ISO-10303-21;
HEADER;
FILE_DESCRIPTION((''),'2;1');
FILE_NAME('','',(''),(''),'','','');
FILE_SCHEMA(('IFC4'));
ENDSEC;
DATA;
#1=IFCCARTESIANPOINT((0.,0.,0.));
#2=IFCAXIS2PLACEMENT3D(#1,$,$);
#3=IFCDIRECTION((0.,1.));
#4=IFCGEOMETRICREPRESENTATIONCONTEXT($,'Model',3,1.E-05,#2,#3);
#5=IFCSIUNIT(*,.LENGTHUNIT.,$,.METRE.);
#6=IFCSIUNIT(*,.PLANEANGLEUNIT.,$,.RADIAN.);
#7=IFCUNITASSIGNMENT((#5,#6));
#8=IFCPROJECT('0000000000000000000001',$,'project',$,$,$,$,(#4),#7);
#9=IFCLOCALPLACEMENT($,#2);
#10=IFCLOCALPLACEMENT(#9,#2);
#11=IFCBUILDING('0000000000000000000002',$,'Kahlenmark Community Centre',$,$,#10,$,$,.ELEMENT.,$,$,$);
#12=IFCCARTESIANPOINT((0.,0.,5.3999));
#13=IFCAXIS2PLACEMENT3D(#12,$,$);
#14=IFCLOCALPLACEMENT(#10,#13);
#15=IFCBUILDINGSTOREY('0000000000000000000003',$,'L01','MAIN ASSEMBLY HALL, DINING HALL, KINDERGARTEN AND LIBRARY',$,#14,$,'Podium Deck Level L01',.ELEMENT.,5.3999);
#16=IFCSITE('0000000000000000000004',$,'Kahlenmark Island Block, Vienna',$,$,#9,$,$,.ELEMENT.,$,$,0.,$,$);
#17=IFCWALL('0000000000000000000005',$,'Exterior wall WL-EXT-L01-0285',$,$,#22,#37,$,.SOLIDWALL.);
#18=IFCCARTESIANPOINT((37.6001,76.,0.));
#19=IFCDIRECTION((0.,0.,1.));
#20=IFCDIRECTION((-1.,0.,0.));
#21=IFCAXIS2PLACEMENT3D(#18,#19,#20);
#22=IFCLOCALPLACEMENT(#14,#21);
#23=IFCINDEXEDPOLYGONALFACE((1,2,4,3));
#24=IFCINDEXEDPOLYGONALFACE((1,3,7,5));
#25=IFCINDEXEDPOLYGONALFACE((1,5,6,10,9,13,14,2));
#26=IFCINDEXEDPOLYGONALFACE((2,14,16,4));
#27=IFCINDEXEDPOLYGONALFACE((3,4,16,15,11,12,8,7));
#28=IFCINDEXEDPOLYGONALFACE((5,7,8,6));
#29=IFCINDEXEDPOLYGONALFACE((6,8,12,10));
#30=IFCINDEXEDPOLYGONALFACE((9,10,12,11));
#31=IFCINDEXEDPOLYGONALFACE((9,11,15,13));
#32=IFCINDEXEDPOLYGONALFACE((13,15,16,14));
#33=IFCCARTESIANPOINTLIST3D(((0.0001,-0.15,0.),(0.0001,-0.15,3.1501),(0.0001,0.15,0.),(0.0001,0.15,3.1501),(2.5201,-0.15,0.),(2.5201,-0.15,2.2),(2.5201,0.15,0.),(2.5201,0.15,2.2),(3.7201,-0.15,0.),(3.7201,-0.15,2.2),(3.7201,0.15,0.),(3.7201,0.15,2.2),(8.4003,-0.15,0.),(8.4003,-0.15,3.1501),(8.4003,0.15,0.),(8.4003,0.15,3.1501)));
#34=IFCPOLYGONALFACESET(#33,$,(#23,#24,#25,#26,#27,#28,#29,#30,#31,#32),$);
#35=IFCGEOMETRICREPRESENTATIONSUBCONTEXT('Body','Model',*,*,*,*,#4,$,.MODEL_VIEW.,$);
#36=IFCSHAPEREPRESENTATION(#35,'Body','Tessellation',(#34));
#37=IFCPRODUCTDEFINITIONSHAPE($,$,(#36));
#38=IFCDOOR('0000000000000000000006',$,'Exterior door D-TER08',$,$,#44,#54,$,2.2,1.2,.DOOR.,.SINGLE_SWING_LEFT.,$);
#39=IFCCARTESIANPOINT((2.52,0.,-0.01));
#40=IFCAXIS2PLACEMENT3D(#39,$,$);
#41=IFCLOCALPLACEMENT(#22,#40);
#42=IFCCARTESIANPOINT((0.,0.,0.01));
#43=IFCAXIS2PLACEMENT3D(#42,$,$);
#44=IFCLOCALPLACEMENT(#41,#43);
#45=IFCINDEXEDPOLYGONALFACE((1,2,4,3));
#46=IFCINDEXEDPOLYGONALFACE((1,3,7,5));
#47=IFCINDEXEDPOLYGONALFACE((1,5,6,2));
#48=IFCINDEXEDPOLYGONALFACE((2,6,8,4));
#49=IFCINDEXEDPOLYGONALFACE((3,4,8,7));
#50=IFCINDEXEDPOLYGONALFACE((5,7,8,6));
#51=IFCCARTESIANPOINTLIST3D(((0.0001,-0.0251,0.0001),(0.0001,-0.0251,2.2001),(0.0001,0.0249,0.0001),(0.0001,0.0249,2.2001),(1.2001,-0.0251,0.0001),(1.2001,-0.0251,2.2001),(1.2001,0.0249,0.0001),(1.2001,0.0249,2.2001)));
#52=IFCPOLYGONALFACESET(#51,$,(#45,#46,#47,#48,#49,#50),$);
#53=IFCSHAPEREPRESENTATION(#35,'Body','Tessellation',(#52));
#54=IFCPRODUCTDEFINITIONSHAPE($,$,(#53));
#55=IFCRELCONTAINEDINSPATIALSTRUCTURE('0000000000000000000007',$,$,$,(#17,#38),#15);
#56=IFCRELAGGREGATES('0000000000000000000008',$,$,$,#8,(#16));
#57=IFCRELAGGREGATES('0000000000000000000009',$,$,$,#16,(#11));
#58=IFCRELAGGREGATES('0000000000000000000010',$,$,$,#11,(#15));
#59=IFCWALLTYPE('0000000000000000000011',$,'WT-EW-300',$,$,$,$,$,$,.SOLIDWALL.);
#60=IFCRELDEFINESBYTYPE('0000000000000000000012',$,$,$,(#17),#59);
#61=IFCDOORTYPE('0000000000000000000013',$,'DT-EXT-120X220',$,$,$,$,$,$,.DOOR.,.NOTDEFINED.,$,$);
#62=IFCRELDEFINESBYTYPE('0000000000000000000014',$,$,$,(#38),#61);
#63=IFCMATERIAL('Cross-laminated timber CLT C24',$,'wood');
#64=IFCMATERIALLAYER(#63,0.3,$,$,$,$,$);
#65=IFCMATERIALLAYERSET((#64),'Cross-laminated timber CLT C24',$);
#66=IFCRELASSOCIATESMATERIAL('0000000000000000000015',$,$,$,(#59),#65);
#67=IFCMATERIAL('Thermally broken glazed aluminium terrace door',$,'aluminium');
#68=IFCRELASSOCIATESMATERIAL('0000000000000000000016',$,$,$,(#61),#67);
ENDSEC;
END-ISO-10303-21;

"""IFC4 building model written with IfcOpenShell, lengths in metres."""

from ifc_helpers import new_model, si_unit, direction, frame, frame_2d, origin, place, context, subcontext, project, spatial, rectangle, extrude, material, layer, layer_set, type_object, element, fill, save


model = new_model("IFC4")

# Units and contexts
model_context = context("Model", 3, precision=1e-05, world=origin(), true_north=direction((0.0, 1.0)))
body_context = subcontext(model_context, "Body", "Model", "MODEL_VIEW")
ifc_project = project(units=[si_unit("LENGTHUNIT", "METRE"), si_unit("PLANEANGLEUNIT", "RADIAN")], contexts=[model_context])

# Site, building, storey
site_placement = place(None, origin())
site = spatial("IfcSite", under=ifc_project, at=site_placement, Name="Kahlenmark Island Block, Vienna", CompositionType="ELEMENT", RefElevation=0.0)
building_placement = place(site_placement, origin())
building = spatial("IfcBuilding", under=site, at=building_placement, Name="Kahlenmark Community Centre", CompositionType="ELEMENT")
storey_placement = place(building_placement, frame((0.0, 0.0, 5.3999)))
storey = spatial("IfcBuildingStorey", under=building, at=storey_placement, Name="L01", Description="MAIN ASSEMBLY HALL, DINING HALL, KINDERGARTEN AND LIBRARY", LongName="Podium Deck Level L01", CompositionType="ELEMENT", Elevation=5.3999)

# Wall, opening, door
ifc_material_1 = material(Name="Cross-laminated timber CLT C24", Category="wood")
ifc_layer_1 = layer(ifc_material_1, 0.3)
ifc_layer_set_1 = layer_set([ifc_layer_1], Name="Cross-laminated timber CLT C24")
wall_type = type_object("IfcWallType", Name="WT-EW-300", PredefinedType="SOLIDWALL", material=ifc_layer_set_1)
wall_placement = place(storey_placement, frame((37.6001, 76.0, 0.0), z_axis=(0.0, 0.0, 1.0), x_axis=(-1.0, 0.0, 0.0)))
wall = element("IfcWall", 1, at=wall_placement, inside=storey, type_object=wall_type, Name="Exterior wall WL-EXT-L01-0285", PredefinedType="SOLIDWALL", context=body_context, shape_type="SweptSolid", body=[
    extrude(rectangle(XDim=8.4001, YDim=0.3, at=frame_2d((4.2002, 0.0))), origin(), (0.0, 0.0, 1.0), 3.1501),
])
opening_placement = place(wall_placement, frame((2.52, 0.0, -0.01)))
opening = element("IfcOpeningElement", 2, at=opening_placement, cuts=wall, PredefinedType="OPENING", context=body_context, shape_type="SweptSolid", body=[
    extrude(rectangle(XDim=1.2, YDim=2.21, at=frame_2d((0.6001, 1.105))), frame((0.0, 0.1599, 0.0), z_axis=(0.0, -1.0, 0.0), x_axis=(1.0, 0.0, 0.0)), (0.0, 0.0, 1.0), 0.3201),
])
ifc_material_2 = material(Name="Thermally broken glazed aluminium terrace door", Category="aluminium")
door_type = type_object("IfcDoorType", Name="DT-EXT-120X220", OperationType="NOTDEFINED", PredefinedType="DOOR", material=ifc_material_2)
door_placement = place(opening_placement, frame((0.0, 0.0, 0.01)))
door = element("IfcDoor", 3, at=door_placement, inside=storey, type_object=door_type, Name="Exterior door D-TER08", OperationType="SINGLE_SWING_LEFT", OverallHeight=2.2, OverallWidth=1.2, PredefinedType="DOOR", context=body_context, shape_type="SweptSolid", body=[
    extrude(rectangle(XDim=1.2, YDim=2.2, at=frame_2d((0.6001, 1.1001))), frame((0.0, 0.0249, 0.0), z_axis=(0.0, -1.0, 0.0), x_axis=(1.0, 0.0, 0.0)), (0.0, 0.0, 1.0), 0.05),
])
fill(opening, door)

save(model, "model.ifc")
